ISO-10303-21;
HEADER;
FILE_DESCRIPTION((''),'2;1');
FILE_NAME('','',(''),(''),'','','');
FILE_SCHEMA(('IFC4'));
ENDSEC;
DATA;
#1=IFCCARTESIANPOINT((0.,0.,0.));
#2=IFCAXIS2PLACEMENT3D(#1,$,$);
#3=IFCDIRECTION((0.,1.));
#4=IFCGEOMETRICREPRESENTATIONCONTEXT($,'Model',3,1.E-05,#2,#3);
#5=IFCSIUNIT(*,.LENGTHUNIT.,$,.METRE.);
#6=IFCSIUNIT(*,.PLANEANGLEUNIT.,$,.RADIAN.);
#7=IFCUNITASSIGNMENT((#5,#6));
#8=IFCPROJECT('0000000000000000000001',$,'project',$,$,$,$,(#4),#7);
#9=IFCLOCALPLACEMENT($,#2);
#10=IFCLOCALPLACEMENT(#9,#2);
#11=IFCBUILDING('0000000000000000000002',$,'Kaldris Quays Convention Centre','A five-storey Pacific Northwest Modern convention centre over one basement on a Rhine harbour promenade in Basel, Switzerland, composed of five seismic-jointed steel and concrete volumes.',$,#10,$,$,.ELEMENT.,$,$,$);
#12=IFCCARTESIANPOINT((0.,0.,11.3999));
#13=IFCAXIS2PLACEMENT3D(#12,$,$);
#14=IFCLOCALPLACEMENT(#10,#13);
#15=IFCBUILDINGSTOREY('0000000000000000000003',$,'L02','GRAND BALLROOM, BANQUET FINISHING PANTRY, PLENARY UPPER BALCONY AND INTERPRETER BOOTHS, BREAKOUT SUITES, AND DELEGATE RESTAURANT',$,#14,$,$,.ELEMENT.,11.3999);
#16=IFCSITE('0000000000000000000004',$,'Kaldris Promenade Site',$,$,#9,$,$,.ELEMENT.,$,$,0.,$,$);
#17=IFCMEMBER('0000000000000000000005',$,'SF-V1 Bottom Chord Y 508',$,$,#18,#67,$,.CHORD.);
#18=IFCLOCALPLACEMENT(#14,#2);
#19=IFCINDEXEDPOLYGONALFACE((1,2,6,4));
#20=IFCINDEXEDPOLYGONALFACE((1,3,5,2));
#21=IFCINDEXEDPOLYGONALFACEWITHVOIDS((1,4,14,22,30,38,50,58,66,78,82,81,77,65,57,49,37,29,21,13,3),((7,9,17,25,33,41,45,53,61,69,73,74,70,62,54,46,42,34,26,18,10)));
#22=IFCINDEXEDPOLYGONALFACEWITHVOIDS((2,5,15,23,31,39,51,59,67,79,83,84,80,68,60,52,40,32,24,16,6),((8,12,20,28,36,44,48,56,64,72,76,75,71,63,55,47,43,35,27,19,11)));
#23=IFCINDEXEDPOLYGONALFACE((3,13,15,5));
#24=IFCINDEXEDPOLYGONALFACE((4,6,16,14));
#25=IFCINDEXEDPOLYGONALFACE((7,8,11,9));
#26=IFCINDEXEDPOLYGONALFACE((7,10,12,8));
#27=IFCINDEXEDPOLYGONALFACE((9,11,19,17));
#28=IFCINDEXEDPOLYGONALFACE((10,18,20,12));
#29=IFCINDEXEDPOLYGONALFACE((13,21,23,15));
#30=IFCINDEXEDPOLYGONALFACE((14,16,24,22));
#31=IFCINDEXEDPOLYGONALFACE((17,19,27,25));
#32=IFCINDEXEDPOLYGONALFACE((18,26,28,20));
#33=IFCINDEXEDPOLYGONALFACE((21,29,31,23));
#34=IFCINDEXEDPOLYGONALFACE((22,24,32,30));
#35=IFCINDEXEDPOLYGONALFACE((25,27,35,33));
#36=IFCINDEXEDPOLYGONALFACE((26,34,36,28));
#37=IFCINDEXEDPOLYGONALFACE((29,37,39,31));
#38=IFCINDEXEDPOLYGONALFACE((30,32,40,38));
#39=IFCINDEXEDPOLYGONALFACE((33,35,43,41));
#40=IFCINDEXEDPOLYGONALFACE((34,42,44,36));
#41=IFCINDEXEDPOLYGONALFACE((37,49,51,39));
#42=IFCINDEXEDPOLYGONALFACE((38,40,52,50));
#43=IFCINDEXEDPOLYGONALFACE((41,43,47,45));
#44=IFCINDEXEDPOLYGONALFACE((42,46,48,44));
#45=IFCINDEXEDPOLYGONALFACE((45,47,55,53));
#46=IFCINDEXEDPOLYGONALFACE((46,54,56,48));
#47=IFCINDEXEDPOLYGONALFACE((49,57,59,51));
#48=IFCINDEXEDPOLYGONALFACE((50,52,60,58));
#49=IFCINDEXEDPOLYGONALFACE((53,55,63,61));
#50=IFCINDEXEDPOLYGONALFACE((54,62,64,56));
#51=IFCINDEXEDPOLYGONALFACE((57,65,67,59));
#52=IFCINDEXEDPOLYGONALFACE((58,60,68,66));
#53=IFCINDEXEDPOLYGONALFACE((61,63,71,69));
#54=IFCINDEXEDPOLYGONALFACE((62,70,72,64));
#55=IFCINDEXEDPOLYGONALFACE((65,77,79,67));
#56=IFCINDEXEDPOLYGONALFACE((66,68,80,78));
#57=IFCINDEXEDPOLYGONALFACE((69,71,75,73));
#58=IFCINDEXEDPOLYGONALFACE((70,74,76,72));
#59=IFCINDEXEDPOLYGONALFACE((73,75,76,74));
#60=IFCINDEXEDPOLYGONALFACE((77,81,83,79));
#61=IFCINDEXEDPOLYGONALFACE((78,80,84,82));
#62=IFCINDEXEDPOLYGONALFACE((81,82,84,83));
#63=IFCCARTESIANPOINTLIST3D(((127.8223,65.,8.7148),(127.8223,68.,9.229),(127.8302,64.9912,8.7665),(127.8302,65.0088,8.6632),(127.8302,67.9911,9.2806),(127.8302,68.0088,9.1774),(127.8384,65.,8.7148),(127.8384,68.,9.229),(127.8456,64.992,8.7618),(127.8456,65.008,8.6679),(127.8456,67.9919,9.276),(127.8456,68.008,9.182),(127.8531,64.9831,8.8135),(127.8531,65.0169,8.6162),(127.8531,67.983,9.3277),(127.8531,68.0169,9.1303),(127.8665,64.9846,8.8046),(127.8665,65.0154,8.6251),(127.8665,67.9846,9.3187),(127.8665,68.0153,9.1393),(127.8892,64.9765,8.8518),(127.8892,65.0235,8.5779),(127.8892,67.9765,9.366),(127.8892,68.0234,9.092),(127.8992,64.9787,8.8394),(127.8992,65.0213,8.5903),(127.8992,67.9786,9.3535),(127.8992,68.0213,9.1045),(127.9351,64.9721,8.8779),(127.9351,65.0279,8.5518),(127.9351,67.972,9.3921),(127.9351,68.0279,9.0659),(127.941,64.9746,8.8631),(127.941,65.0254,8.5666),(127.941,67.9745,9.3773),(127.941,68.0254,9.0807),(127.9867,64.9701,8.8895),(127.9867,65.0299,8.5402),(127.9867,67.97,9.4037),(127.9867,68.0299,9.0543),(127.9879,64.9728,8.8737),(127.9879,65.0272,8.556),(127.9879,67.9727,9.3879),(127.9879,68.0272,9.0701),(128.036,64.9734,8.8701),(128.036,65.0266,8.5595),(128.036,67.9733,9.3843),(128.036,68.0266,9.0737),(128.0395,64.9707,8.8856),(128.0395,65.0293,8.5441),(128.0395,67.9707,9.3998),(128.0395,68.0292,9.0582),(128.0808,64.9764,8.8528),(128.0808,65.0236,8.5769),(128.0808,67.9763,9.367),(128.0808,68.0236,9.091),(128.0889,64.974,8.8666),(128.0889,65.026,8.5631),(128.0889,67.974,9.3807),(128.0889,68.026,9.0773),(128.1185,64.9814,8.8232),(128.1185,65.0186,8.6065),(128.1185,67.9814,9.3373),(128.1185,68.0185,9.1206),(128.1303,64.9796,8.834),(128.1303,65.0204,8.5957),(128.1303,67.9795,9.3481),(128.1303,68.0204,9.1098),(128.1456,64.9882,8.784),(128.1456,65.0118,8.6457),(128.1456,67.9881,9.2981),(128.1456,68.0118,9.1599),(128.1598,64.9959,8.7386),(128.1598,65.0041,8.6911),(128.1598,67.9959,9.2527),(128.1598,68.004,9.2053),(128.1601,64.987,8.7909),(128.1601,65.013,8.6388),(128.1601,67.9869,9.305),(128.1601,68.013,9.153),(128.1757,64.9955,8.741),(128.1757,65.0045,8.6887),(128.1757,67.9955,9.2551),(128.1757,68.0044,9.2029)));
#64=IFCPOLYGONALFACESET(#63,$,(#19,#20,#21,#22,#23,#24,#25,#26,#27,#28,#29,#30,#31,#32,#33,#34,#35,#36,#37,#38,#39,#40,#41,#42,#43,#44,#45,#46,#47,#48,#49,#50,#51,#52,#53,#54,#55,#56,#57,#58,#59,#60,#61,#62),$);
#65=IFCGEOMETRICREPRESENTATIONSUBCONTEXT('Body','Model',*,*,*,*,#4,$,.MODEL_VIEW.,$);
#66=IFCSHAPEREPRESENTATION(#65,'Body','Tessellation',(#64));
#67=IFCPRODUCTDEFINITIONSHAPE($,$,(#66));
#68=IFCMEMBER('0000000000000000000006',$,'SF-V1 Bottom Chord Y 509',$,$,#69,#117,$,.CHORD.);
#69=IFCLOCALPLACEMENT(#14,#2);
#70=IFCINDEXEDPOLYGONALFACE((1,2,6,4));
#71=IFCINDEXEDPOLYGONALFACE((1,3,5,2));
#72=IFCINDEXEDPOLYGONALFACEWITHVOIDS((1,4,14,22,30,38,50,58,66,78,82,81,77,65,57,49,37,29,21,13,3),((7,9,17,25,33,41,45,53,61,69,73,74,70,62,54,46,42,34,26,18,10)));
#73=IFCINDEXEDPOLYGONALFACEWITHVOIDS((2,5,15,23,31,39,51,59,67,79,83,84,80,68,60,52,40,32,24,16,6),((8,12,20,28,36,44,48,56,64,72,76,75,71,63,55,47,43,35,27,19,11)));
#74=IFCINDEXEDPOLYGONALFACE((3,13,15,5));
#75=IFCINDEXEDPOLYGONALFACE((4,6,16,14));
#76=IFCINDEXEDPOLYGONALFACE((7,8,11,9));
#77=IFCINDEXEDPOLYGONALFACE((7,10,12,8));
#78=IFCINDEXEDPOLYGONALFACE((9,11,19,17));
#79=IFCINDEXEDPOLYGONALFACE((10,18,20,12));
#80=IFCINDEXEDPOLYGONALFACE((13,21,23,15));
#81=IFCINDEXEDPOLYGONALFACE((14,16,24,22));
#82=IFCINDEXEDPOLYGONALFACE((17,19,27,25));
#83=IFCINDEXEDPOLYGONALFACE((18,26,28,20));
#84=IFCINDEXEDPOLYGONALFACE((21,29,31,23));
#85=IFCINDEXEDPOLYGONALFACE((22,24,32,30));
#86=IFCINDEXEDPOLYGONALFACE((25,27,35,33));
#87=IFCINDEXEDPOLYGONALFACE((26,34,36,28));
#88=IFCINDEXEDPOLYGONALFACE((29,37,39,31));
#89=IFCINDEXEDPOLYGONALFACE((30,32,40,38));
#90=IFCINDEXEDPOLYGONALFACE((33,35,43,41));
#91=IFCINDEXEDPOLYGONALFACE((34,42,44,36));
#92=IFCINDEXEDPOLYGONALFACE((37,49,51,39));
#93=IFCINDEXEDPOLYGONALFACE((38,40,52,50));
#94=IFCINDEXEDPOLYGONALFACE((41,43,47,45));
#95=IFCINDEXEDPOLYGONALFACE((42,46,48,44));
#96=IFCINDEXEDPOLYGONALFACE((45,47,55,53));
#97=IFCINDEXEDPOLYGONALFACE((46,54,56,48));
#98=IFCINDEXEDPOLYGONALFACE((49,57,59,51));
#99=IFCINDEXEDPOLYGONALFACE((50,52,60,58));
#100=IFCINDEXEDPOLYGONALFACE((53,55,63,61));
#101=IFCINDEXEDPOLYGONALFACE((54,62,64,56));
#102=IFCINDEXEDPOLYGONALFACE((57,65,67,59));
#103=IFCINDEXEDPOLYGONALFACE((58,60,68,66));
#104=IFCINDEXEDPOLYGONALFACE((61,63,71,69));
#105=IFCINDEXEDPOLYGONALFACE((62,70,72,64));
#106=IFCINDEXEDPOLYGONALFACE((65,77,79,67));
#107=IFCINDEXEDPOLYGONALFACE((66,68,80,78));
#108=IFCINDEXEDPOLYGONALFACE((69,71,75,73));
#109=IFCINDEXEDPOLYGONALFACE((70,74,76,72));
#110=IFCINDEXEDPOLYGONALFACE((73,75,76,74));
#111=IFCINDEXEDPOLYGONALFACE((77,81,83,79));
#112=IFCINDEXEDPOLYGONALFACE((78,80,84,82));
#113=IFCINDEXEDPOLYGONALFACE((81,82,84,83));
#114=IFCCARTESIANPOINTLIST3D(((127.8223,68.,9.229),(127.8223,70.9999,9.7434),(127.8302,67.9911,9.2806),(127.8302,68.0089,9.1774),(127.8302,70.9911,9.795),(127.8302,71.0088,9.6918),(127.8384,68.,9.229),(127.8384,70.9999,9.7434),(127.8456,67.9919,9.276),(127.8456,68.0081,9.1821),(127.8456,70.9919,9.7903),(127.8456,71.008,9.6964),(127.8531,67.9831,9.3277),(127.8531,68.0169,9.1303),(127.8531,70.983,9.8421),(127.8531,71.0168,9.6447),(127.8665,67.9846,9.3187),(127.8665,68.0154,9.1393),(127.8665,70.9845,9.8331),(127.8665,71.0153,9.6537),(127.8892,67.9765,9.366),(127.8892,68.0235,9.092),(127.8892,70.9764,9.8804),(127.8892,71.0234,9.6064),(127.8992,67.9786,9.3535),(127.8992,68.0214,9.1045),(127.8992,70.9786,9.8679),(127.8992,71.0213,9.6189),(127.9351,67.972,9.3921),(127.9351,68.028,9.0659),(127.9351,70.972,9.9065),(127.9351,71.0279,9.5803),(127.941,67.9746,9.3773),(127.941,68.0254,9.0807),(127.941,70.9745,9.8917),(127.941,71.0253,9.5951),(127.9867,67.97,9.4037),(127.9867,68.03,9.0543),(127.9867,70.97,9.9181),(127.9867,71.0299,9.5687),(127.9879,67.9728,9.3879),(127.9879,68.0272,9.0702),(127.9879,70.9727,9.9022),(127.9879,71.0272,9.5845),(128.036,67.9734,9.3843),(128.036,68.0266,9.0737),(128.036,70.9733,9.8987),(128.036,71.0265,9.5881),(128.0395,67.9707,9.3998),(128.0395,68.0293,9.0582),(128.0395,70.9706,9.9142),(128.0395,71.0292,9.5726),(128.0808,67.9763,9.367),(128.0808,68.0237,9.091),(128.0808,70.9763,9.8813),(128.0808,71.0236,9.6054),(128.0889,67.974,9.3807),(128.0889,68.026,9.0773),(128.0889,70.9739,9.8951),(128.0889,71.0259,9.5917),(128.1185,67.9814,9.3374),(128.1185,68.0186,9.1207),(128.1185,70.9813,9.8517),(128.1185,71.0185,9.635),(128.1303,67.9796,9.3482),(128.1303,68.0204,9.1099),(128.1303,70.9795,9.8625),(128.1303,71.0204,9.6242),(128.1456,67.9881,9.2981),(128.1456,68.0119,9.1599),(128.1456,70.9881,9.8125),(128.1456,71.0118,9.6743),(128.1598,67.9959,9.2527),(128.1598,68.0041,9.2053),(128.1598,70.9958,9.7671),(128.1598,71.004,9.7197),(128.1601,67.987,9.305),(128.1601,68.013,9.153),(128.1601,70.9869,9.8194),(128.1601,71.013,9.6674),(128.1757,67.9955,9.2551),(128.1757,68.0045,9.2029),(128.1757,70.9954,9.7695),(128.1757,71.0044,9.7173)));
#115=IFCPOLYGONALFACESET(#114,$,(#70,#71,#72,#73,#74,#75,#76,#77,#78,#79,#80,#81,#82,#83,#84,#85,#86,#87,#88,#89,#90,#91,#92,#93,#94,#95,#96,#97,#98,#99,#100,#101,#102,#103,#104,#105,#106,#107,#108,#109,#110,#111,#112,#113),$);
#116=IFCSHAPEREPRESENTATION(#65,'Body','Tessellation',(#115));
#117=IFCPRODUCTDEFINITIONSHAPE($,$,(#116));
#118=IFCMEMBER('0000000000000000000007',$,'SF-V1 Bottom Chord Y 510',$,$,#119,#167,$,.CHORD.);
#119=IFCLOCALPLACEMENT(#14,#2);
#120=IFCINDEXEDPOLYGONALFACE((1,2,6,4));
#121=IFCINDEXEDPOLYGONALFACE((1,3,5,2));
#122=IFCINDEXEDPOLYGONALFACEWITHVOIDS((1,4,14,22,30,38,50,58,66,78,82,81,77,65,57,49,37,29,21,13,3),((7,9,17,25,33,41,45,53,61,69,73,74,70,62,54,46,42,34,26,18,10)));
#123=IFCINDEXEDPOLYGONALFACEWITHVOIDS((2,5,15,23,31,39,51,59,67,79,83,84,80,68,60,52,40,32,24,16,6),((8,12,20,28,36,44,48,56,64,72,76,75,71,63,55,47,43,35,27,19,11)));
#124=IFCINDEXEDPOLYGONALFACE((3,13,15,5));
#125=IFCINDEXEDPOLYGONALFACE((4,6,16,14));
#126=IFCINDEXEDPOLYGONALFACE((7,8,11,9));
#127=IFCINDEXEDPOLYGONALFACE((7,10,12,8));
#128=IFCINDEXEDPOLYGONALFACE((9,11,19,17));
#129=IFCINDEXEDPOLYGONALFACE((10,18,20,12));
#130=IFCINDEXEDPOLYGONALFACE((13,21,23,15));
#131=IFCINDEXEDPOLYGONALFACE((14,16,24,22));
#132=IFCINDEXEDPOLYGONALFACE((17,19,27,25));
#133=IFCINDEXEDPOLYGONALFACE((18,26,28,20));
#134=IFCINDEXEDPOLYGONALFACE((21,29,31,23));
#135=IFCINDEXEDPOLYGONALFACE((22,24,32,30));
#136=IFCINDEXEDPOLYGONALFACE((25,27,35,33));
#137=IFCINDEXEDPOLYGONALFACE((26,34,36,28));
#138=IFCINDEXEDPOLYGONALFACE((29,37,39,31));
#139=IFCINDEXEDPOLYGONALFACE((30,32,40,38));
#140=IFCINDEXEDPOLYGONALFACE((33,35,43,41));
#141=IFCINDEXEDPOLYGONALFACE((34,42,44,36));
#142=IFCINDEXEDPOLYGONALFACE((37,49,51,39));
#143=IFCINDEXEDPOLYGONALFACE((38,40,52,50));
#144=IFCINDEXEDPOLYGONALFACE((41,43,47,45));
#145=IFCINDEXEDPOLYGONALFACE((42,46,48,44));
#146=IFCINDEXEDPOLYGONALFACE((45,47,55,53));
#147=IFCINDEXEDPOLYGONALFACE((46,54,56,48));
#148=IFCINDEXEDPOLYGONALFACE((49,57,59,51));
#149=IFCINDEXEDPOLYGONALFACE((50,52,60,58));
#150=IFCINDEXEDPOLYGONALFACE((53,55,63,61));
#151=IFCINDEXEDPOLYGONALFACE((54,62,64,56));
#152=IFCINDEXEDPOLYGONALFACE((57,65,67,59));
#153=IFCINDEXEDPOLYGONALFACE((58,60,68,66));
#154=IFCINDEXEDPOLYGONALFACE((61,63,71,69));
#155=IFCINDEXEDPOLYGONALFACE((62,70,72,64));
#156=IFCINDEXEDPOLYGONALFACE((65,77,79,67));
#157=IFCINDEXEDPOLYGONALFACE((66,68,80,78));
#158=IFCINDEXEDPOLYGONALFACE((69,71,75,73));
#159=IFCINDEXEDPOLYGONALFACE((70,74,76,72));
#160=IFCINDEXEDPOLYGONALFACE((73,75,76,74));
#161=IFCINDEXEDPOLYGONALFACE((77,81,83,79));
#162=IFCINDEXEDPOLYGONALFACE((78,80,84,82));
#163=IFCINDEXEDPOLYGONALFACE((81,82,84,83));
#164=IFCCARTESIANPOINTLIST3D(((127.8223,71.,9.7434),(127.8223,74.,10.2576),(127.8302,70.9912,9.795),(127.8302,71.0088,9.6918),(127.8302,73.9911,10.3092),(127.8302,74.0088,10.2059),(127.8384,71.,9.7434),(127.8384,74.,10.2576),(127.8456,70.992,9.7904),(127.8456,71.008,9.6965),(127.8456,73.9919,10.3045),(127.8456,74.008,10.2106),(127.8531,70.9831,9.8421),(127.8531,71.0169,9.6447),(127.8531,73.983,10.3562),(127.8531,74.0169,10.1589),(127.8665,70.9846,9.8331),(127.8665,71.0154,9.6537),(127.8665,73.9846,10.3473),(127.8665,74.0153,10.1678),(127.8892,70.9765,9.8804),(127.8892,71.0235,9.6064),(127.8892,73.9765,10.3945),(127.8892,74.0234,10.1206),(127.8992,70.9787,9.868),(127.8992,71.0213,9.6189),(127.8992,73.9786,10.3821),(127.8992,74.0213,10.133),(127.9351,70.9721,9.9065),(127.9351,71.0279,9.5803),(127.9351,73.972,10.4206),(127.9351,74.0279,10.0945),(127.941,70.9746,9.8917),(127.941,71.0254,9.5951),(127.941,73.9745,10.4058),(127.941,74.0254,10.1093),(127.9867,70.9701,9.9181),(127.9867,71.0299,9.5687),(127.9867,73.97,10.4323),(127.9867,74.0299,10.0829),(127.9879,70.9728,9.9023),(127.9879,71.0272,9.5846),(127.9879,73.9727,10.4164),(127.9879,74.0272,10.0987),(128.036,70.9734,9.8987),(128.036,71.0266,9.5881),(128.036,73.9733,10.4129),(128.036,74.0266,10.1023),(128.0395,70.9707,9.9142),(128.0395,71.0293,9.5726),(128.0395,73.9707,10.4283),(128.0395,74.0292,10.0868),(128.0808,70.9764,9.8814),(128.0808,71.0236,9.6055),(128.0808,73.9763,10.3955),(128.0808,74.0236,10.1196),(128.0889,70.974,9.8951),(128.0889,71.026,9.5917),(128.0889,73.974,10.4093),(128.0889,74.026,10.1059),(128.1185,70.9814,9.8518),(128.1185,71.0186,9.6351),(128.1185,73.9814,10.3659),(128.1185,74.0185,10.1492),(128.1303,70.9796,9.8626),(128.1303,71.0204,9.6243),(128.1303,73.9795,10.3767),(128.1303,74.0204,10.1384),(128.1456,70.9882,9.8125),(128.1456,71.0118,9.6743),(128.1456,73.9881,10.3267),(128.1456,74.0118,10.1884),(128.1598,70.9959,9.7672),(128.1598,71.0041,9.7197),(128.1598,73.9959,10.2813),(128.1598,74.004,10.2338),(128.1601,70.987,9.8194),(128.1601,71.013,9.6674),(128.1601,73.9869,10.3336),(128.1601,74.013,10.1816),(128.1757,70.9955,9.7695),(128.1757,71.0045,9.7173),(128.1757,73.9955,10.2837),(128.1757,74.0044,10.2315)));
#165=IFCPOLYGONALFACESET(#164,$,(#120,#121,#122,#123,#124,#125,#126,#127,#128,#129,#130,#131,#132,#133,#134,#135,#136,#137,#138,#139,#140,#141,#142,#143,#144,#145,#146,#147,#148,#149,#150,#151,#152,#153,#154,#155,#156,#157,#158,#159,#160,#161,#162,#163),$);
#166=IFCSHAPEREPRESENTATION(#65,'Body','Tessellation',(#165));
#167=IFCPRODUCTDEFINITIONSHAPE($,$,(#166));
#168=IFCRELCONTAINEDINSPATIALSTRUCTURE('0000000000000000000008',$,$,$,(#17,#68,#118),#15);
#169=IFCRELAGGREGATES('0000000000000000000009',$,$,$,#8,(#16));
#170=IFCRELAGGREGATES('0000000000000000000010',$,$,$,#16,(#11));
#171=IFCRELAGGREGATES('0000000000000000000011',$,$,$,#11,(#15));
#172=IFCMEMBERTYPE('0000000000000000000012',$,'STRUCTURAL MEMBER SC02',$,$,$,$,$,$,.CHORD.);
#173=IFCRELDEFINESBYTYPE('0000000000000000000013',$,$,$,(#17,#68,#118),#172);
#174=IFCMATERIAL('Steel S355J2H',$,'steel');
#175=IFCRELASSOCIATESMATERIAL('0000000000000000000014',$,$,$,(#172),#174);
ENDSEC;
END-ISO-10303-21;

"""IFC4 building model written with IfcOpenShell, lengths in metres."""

from ifc_helpers import new_model, si_unit, direction, frame, origin, origin_2d, place, context, subcontext, project, spatial, hollow_circle, extrude, material, material_profile, profile_set, type_object, element, save


model = new_model("IFC4")

# Units and contexts
model_context = context("Model", 3, precision=1e-05, world=origin(), true_north=direction((0.0, 1.0)))
body_context = subcontext(model_context, "Body", "Model", "MODEL_VIEW")
ifc_project = project(units=[si_unit("LENGTHUNIT", "METRE"), si_unit("PLANEANGLEUNIT", "RADIAN")], contexts=[model_context])

# Site, building, storey
site_placement = place(None, origin())
site = spatial("IfcSite", under=ifc_project, at=site_placement, Name="Kaldris Promenade Site", CompositionType="ELEMENT", RefElevation=0.0)
building_placement = place(site_placement, origin())
building = spatial("IfcBuilding", under=site, at=building_placement, Name="Kaldris Quays Convention Centre", Description="A five-storey Pacific Northwest Modern convention centre over one basement on a Rhine harbour promenade in Basel, Switzerland, composed of five seismic-jointed steel and concrete volumes.", CompositionType="ELEMENT")
storey_placement = place(building_placement, frame((0.0, 0.0, 11.3999)))
storey = spatial("IfcBuildingStorey", under=building, at=storey_placement, Name="L02", Description="GRAND BALLROOM, BANQUET FINISHING PANTRY, PLENARY UPPER BALCONY AND INTERPRETER BOOTHS, BREAKOUT SUITES, AND DELEGATE RESTAURANT", CompositionType="ELEMENT", Elevation=11.3999)

# Members
ifc_material_1 = material(Name="Steel S355J2H", Category="steel")
ifc_material_profile_1 = material_profile(ifc_material_1, hollow_circle(Radius=0.1777, WallThickness=0.0161, at=origin_2d()), Name="CHS 355.6x16")
ifc_profile_set_1 = profile_set([ifc_material_profile_1], Name="Steel S355J2H")
member_type_1 = type_object("IfcMemberType", Name="STRUCTURAL MEMBER SC02", PredefinedType="CHORD", material=ifc_profile_set_1)
for number, where, z_axis, x_axis, name in (
    (1, (128.0, 65.0, 8.7148), (0.0, 0.985629, 0.168924), (-1.0, 0.0, 0.0), "SF-V1 Bottom Chord Y 508"),
    (2, (128.0, 68.0, 9.229), (0.0, 0.985616, 0.169002), (-1.0, 0.0, 0.0), "SF-V1 Bottom Chord Y 509"),
    (3, (128.0, 71.0, 9.7434), (0.0, 0.985629, 0.168924), (-1.0, 0.0, 0.0), "SF-V1 Bottom Chord Y 510"),
):
    element("IfcMember", number, at=place(storey_placement, frame(where, z_axis=z_axis, x_axis=x_axis)), inside=storey, type_object=member_type_1, Name=name, PredefinedType="CHORD", context=body_context, shape_type="SweptSolid", body=[
        extrude(hollow_circle(Radius=0.1777, WallThickness=0.0161, at=origin_2d()), origin(), (0.0, 0.0, 1.0), 3.0437),
    ])

save(model, "model.ifc")
